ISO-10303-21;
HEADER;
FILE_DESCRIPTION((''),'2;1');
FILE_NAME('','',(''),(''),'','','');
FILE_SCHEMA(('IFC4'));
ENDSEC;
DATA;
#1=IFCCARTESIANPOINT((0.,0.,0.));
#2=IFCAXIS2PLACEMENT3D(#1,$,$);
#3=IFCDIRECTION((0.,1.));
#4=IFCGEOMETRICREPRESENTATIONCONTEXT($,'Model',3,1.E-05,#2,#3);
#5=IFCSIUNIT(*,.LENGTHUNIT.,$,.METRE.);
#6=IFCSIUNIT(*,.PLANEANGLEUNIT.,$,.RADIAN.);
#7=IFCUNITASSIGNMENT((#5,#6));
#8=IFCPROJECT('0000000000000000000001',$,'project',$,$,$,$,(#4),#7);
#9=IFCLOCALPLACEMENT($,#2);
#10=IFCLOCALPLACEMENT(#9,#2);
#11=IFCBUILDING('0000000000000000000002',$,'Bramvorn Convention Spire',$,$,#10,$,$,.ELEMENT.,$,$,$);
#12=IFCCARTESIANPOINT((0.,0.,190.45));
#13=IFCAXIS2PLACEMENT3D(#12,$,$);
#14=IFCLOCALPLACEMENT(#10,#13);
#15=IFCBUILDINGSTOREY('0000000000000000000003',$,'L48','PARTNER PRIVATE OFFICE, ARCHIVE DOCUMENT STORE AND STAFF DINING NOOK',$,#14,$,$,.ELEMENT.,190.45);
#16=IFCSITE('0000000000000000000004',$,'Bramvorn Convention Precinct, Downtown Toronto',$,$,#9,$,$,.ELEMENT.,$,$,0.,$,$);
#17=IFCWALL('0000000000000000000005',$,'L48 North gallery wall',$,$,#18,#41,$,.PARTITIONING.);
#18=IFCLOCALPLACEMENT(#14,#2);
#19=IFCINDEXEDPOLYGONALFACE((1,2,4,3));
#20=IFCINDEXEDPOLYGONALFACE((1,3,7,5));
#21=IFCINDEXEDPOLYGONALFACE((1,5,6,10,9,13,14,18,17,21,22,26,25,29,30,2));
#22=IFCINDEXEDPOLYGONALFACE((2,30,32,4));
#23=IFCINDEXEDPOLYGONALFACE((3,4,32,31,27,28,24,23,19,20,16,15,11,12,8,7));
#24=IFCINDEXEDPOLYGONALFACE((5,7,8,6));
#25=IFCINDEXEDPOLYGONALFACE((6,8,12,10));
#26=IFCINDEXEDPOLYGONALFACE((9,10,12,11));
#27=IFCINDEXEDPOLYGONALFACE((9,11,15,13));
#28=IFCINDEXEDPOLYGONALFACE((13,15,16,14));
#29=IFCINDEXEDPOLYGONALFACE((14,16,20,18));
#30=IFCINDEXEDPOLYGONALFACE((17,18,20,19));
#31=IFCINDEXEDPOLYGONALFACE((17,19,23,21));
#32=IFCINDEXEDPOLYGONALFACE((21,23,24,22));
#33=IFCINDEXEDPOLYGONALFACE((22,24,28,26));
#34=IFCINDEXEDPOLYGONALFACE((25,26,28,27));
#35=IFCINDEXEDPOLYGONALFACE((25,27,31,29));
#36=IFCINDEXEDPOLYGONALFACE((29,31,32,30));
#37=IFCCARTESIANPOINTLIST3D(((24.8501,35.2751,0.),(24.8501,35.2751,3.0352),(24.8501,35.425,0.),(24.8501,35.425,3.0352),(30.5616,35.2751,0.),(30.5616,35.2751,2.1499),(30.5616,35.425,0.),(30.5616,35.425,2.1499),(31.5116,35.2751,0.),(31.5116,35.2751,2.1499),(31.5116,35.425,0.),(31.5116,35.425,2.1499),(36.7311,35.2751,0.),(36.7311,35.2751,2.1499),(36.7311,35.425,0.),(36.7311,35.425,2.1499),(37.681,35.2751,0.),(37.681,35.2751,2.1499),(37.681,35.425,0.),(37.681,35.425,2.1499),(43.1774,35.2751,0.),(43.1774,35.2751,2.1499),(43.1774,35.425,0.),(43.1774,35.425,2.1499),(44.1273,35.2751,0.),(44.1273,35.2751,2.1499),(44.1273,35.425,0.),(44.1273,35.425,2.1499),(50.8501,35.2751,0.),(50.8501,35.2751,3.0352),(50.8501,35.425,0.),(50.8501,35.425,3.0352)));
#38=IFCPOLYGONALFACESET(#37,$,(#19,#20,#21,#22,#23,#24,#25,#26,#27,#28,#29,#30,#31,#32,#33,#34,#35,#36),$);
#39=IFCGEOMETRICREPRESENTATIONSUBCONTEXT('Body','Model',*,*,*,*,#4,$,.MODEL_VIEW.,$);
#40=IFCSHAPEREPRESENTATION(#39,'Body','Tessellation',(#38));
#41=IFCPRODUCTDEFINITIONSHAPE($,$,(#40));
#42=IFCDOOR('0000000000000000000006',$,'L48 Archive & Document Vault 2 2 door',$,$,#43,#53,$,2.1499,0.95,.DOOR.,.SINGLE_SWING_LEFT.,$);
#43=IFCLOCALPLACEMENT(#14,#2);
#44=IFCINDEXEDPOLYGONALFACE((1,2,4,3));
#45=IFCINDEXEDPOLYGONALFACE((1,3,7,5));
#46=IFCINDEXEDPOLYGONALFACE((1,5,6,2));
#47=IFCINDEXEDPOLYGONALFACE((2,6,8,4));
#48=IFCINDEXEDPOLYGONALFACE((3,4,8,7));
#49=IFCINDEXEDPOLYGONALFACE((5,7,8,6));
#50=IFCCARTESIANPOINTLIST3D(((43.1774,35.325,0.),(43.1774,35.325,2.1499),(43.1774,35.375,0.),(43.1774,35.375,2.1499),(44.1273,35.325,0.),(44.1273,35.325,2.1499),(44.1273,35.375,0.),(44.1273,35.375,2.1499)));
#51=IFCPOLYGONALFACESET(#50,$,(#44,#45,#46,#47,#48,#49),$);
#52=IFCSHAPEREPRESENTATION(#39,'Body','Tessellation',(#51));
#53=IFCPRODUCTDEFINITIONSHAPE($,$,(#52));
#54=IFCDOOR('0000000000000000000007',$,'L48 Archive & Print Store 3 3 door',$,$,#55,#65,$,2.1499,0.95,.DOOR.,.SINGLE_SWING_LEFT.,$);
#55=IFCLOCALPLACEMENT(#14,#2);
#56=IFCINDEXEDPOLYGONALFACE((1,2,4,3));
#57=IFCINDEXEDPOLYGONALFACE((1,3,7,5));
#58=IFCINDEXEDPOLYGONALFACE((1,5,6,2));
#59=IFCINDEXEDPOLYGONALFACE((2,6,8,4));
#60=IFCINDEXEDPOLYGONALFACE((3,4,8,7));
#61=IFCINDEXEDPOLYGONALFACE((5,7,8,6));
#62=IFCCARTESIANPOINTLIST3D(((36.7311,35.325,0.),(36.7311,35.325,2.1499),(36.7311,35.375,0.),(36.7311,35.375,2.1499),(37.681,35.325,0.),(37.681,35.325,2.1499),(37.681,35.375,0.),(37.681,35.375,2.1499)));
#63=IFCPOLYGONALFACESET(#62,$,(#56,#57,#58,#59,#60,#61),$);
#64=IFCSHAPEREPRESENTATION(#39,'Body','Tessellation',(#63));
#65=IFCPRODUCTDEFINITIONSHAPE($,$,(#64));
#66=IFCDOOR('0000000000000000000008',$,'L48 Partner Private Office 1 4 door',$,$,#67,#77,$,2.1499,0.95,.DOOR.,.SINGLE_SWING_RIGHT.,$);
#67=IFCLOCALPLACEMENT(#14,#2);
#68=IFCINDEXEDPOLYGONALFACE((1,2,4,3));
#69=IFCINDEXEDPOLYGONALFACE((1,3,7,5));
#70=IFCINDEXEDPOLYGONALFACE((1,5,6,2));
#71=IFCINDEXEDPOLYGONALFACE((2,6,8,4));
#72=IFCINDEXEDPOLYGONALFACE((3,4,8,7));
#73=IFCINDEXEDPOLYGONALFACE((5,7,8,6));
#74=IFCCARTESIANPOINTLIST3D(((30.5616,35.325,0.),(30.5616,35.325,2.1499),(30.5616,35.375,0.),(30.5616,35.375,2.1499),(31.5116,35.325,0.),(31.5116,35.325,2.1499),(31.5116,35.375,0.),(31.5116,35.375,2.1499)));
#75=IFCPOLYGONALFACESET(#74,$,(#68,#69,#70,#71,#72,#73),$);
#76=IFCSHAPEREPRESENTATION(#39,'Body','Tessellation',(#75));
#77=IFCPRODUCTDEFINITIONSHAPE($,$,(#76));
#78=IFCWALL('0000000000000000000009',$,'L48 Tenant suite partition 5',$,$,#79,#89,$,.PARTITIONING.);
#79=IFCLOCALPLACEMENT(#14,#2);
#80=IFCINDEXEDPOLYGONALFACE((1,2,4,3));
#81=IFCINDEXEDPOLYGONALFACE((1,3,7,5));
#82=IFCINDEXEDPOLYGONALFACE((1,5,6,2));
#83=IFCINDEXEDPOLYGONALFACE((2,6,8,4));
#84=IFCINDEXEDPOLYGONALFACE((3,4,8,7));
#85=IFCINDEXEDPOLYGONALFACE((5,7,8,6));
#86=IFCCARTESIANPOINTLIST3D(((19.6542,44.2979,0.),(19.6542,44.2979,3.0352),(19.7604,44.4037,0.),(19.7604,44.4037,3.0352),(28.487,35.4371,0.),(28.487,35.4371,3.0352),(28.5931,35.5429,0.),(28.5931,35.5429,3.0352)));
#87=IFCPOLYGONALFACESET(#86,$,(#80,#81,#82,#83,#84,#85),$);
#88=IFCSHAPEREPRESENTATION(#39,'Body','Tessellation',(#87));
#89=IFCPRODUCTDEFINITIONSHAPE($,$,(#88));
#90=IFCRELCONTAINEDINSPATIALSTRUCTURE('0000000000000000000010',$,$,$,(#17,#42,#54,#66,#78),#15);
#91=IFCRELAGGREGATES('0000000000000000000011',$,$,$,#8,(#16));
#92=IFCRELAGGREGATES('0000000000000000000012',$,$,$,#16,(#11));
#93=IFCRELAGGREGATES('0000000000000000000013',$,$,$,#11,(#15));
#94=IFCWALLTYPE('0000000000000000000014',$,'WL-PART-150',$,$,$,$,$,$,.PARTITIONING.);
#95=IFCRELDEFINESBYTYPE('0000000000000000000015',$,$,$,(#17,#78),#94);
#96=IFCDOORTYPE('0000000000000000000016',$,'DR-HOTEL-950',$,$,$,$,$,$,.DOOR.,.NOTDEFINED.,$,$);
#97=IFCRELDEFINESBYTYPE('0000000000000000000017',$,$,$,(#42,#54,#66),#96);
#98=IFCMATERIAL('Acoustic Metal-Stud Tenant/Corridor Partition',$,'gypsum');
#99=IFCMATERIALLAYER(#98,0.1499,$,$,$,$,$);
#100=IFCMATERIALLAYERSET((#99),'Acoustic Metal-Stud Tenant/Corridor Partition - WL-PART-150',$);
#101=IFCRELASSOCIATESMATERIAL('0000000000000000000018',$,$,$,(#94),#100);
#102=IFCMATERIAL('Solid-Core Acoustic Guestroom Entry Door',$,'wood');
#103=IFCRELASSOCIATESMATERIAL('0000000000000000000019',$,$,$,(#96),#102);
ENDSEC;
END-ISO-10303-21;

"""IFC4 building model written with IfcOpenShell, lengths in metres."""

from ifc_helpers import new_model, si_unit, direction, frame, frame_2d, origin, place, context, subcontext, project, spatial, rectangle, extrude, material, layer, layer_set, type_object, element, fill, save


model = new_model("IFC4")

# Units and contexts
model_context = context("Model", 3, precision=1e-05, world=origin(), true_north=direction((0.0, 1.0)))
body_context = subcontext(model_context, "Body", "Model", "MODEL_VIEW")
ifc_project = project(units=[si_unit("LENGTHUNIT", "METRE"), si_unit("PLANEANGLEUNIT", "RADIAN")], contexts=[model_context])

# Site, building, storey
site_placement = place(None, origin())
site = spatial("IfcSite", under=ifc_project, at=site_placement, Name="Bramvorn Convention Precinct, Downtown Toronto", CompositionType="ELEMENT", RefElevation=0.0)
building_placement = place(site_placement, origin())
building = spatial("IfcBuilding", under=site, at=building_placement, Name="Bramvorn Convention Spire", CompositionType="ELEMENT")
storey_placement = place(building_placement, frame((0.0, 0.0, 190.45)))
storey = spatial("IfcBuildingStorey", under=building, at=storey_placement, Name="L48", Description="PARTNER PRIVATE OFFICE, ARCHIVE DOCUMENT STORE AND STAFF DINING NOOK", CompositionType="ELEMENT", Elevation=190.45)

# Wall, openings, doors
ifc_material_1 = material(Name="Acoustic Metal-Stud Tenant/Corridor Partition", Category="gypsum")
ifc_layer_1 = layer(ifc_material_1, 0.1499)
ifc_layer_set_1 = layer_set([ifc_layer_1], Name="Acoustic Metal-Stud Tenant/Corridor Partition - WL-PART-150")
wall_type_1 = type_object("IfcWallType", Name="WL-PART-150", PredefinedType="PARTITIONING", material=ifc_layer_set_1)
wall_1_placement = place(storey_placement, frame((24.8501, 35.3501, 0.0), z_axis=(0.0, 0.0, 1.0), x_axis=(1.0, 0.0, 0.0)))
wall_1 = element("IfcWall", 1, at=wall_1_placement, inside=storey, type_object=wall_type_1, Name="L48 North gallery wall", PredefinedType="PARTITIONING", context=body_context, shape_type="SweptSolid", body=[
    extrude(rectangle(XDim=26.0, YDim=0.1499, at=frame_2d((13.0, 0.0))), origin(), (0.0, 0.0, 1.0), 3.0352),
])
opening_1_placement = place(wall_1_placement, frame((18.3271, 0.0, 0.0)))
opening_1 = element("IfcOpeningElement", 2, at=opening_1_placement, cuts=wall_1, PredefinedType="OPENING", context=body_context, shape_type="SweptSolid", body=[
    extrude(rectangle(XDim=0.95, YDim=2.1499, at=frame_2d((0.4751, 1.075))), frame((0.0, 0.085, 0.0), z_axis=(0.0, -1.0, 0.0), x_axis=(1.0, 0.0, 0.0)), (0.0, 0.0, 1.0), 0.1699),
])
opening_2_placement = place(wall_1_placement, frame((11.8809, 0.0, 0.0)))
opening_2 = element("IfcOpeningElement", 3, at=opening_2_placement, cuts=wall_1, PredefinedType="OPENING", context=body_context, shape_type="SweptSolid", body=[
    extrude(rectangle(XDim=0.95, YDim=2.1499, at=frame_2d((0.4751, 1.075))), frame((0.0, 0.085, 0.0), z_axis=(0.0, -1.0, 0.0), x_axis=(1.0, 0.0, 0.0)), (0.0, 0.0, 1.0), 0.1699),
])
opening_3_placement = place(wall_1_placement, frame((5.7114, 0.0, 0.0)))
opening_3 = element("IfcOpeningElement", 4, at=opening_3_placement, cuts=wall_1, PredefinedType="OPENING", context=body_context, shape_type="SweptSolid", body=[
    extrude(rectangle(XDim=0.95, YDim=2.1499, at=frame_2d((0.4751, 1.075))), frame((0.0, 0.085, 0.0), z_axis=(0.0, -1.0, 0.0), x_axis=(1.0, 0.0, 0.0)), (0.0, 0.0, 1.0), 0.1699),
])
ifc_material_2 = material(Name="Solid-Core Acoustic Guestroom Entry Door", Category="wood")
door_type = type_object("IfcDoorType", Name="DR-HOTEL-950", OperationType="NOTDEFINED", PredefinedType="DOOR", material=ifc_material_2)
door_1_placement = place(opening_1_placement, origin())
door_1 = element("IfcDoor", 5, at=door_1_placement, inside=storey, type_object=door_type, Name="L48 Archive & Document Vault 2 2 door", OperationType="SINGLE_SWING_LEFT", OverallHeight=2.1499, OverallWidth=0.95, PredefinedType="DOOR", context=body_context, shape_type="SweptSolid", body=[
    extrude(rectangle(XDim=0.95, YDim=2.1499, at=frame_2d((0.4751, 1.075))), frame((0.0, 0.0249, 0.0), z_axis=(0.0, -1.0, 0.0), x_axis=(1.0, 0.0, 0.0)), (0.0, 0.0, 1.0), 0.05),
])
fill(opening_1, door_1)
door_2_placement = place(opening_2_placement, origin())
door_2 = element("IfcDoor", 6, at=door_2_placement, inside=storey, type_object=door_type, Name="L48 Archive & Print Store 3 3 door", OperationType="SINGLE_SWING_LEFT", OverallHeight=2.1499, OverallWidth=0.95, PredefinedType="DOOR", context=body_context, shape_type="SweptSolid", body=[
    extrude(rectangle(XDim=0.95, YDim=2.1499, at=frame_2d((0.4751, 1.075))), frame((0.0, 0.0249, 0.0), z_axis=(0.0, -1.0, 0.0), x_axis=(1.0, 0.0, 0.0)), (0.0, 0.0, 1.0), 0.05),
])
fill(opening_2, door_2)
door_3_placement = place(opening_3_placement, origin())
door_3 = element("IfcDoor", 7, at=door_3_placement, inside=storey, type_object=door_type, Name="L48 Partner Private Office 1 4 door", OperationType="SINGLE_SWING_RIGHT", OverallHeight=2.1499, OverallWidth=0.95, PredefinedType="DOOR", context=body_context, shape_type="SweptSolid", body=[
    extrude(rectangle(XDim=0.95, YDim=2.1499, at=frame_2d((0.4751, 1.075))), frame((0.0, 0.0249, 0.0), z_axis=(0.0, -1.0, 0.0), x_axis=(1.0, 0.0, 0.0)), (0.0, 0.0, 1.0), 0.05),
])
fill(opening_3, door_3)

# Wall
wall_2_placement = place(storey_placement, frame((28.54, 35.49, 0.0), z_axis=(0.0, 0.0, 1.0), x_axis=(-0.705984, 0.708228, 0.0)))
element("IfcWall", 8, at=wall_2_placement, inside=storey, type_object=wall_type_1, Name="L48 Tenant suite partition 5", PredefinedType="PARTITIONING", context=body_context, shape_type="SweptSolid", body=[
    extrude(rectangle(XDim=12.5112, YDim=0.1499, at=frame_2d((6.2556, 0.0))), origin(), (0.0, 0.0, 1.0), 3.0352),
])

save(model, "model.ifc")
